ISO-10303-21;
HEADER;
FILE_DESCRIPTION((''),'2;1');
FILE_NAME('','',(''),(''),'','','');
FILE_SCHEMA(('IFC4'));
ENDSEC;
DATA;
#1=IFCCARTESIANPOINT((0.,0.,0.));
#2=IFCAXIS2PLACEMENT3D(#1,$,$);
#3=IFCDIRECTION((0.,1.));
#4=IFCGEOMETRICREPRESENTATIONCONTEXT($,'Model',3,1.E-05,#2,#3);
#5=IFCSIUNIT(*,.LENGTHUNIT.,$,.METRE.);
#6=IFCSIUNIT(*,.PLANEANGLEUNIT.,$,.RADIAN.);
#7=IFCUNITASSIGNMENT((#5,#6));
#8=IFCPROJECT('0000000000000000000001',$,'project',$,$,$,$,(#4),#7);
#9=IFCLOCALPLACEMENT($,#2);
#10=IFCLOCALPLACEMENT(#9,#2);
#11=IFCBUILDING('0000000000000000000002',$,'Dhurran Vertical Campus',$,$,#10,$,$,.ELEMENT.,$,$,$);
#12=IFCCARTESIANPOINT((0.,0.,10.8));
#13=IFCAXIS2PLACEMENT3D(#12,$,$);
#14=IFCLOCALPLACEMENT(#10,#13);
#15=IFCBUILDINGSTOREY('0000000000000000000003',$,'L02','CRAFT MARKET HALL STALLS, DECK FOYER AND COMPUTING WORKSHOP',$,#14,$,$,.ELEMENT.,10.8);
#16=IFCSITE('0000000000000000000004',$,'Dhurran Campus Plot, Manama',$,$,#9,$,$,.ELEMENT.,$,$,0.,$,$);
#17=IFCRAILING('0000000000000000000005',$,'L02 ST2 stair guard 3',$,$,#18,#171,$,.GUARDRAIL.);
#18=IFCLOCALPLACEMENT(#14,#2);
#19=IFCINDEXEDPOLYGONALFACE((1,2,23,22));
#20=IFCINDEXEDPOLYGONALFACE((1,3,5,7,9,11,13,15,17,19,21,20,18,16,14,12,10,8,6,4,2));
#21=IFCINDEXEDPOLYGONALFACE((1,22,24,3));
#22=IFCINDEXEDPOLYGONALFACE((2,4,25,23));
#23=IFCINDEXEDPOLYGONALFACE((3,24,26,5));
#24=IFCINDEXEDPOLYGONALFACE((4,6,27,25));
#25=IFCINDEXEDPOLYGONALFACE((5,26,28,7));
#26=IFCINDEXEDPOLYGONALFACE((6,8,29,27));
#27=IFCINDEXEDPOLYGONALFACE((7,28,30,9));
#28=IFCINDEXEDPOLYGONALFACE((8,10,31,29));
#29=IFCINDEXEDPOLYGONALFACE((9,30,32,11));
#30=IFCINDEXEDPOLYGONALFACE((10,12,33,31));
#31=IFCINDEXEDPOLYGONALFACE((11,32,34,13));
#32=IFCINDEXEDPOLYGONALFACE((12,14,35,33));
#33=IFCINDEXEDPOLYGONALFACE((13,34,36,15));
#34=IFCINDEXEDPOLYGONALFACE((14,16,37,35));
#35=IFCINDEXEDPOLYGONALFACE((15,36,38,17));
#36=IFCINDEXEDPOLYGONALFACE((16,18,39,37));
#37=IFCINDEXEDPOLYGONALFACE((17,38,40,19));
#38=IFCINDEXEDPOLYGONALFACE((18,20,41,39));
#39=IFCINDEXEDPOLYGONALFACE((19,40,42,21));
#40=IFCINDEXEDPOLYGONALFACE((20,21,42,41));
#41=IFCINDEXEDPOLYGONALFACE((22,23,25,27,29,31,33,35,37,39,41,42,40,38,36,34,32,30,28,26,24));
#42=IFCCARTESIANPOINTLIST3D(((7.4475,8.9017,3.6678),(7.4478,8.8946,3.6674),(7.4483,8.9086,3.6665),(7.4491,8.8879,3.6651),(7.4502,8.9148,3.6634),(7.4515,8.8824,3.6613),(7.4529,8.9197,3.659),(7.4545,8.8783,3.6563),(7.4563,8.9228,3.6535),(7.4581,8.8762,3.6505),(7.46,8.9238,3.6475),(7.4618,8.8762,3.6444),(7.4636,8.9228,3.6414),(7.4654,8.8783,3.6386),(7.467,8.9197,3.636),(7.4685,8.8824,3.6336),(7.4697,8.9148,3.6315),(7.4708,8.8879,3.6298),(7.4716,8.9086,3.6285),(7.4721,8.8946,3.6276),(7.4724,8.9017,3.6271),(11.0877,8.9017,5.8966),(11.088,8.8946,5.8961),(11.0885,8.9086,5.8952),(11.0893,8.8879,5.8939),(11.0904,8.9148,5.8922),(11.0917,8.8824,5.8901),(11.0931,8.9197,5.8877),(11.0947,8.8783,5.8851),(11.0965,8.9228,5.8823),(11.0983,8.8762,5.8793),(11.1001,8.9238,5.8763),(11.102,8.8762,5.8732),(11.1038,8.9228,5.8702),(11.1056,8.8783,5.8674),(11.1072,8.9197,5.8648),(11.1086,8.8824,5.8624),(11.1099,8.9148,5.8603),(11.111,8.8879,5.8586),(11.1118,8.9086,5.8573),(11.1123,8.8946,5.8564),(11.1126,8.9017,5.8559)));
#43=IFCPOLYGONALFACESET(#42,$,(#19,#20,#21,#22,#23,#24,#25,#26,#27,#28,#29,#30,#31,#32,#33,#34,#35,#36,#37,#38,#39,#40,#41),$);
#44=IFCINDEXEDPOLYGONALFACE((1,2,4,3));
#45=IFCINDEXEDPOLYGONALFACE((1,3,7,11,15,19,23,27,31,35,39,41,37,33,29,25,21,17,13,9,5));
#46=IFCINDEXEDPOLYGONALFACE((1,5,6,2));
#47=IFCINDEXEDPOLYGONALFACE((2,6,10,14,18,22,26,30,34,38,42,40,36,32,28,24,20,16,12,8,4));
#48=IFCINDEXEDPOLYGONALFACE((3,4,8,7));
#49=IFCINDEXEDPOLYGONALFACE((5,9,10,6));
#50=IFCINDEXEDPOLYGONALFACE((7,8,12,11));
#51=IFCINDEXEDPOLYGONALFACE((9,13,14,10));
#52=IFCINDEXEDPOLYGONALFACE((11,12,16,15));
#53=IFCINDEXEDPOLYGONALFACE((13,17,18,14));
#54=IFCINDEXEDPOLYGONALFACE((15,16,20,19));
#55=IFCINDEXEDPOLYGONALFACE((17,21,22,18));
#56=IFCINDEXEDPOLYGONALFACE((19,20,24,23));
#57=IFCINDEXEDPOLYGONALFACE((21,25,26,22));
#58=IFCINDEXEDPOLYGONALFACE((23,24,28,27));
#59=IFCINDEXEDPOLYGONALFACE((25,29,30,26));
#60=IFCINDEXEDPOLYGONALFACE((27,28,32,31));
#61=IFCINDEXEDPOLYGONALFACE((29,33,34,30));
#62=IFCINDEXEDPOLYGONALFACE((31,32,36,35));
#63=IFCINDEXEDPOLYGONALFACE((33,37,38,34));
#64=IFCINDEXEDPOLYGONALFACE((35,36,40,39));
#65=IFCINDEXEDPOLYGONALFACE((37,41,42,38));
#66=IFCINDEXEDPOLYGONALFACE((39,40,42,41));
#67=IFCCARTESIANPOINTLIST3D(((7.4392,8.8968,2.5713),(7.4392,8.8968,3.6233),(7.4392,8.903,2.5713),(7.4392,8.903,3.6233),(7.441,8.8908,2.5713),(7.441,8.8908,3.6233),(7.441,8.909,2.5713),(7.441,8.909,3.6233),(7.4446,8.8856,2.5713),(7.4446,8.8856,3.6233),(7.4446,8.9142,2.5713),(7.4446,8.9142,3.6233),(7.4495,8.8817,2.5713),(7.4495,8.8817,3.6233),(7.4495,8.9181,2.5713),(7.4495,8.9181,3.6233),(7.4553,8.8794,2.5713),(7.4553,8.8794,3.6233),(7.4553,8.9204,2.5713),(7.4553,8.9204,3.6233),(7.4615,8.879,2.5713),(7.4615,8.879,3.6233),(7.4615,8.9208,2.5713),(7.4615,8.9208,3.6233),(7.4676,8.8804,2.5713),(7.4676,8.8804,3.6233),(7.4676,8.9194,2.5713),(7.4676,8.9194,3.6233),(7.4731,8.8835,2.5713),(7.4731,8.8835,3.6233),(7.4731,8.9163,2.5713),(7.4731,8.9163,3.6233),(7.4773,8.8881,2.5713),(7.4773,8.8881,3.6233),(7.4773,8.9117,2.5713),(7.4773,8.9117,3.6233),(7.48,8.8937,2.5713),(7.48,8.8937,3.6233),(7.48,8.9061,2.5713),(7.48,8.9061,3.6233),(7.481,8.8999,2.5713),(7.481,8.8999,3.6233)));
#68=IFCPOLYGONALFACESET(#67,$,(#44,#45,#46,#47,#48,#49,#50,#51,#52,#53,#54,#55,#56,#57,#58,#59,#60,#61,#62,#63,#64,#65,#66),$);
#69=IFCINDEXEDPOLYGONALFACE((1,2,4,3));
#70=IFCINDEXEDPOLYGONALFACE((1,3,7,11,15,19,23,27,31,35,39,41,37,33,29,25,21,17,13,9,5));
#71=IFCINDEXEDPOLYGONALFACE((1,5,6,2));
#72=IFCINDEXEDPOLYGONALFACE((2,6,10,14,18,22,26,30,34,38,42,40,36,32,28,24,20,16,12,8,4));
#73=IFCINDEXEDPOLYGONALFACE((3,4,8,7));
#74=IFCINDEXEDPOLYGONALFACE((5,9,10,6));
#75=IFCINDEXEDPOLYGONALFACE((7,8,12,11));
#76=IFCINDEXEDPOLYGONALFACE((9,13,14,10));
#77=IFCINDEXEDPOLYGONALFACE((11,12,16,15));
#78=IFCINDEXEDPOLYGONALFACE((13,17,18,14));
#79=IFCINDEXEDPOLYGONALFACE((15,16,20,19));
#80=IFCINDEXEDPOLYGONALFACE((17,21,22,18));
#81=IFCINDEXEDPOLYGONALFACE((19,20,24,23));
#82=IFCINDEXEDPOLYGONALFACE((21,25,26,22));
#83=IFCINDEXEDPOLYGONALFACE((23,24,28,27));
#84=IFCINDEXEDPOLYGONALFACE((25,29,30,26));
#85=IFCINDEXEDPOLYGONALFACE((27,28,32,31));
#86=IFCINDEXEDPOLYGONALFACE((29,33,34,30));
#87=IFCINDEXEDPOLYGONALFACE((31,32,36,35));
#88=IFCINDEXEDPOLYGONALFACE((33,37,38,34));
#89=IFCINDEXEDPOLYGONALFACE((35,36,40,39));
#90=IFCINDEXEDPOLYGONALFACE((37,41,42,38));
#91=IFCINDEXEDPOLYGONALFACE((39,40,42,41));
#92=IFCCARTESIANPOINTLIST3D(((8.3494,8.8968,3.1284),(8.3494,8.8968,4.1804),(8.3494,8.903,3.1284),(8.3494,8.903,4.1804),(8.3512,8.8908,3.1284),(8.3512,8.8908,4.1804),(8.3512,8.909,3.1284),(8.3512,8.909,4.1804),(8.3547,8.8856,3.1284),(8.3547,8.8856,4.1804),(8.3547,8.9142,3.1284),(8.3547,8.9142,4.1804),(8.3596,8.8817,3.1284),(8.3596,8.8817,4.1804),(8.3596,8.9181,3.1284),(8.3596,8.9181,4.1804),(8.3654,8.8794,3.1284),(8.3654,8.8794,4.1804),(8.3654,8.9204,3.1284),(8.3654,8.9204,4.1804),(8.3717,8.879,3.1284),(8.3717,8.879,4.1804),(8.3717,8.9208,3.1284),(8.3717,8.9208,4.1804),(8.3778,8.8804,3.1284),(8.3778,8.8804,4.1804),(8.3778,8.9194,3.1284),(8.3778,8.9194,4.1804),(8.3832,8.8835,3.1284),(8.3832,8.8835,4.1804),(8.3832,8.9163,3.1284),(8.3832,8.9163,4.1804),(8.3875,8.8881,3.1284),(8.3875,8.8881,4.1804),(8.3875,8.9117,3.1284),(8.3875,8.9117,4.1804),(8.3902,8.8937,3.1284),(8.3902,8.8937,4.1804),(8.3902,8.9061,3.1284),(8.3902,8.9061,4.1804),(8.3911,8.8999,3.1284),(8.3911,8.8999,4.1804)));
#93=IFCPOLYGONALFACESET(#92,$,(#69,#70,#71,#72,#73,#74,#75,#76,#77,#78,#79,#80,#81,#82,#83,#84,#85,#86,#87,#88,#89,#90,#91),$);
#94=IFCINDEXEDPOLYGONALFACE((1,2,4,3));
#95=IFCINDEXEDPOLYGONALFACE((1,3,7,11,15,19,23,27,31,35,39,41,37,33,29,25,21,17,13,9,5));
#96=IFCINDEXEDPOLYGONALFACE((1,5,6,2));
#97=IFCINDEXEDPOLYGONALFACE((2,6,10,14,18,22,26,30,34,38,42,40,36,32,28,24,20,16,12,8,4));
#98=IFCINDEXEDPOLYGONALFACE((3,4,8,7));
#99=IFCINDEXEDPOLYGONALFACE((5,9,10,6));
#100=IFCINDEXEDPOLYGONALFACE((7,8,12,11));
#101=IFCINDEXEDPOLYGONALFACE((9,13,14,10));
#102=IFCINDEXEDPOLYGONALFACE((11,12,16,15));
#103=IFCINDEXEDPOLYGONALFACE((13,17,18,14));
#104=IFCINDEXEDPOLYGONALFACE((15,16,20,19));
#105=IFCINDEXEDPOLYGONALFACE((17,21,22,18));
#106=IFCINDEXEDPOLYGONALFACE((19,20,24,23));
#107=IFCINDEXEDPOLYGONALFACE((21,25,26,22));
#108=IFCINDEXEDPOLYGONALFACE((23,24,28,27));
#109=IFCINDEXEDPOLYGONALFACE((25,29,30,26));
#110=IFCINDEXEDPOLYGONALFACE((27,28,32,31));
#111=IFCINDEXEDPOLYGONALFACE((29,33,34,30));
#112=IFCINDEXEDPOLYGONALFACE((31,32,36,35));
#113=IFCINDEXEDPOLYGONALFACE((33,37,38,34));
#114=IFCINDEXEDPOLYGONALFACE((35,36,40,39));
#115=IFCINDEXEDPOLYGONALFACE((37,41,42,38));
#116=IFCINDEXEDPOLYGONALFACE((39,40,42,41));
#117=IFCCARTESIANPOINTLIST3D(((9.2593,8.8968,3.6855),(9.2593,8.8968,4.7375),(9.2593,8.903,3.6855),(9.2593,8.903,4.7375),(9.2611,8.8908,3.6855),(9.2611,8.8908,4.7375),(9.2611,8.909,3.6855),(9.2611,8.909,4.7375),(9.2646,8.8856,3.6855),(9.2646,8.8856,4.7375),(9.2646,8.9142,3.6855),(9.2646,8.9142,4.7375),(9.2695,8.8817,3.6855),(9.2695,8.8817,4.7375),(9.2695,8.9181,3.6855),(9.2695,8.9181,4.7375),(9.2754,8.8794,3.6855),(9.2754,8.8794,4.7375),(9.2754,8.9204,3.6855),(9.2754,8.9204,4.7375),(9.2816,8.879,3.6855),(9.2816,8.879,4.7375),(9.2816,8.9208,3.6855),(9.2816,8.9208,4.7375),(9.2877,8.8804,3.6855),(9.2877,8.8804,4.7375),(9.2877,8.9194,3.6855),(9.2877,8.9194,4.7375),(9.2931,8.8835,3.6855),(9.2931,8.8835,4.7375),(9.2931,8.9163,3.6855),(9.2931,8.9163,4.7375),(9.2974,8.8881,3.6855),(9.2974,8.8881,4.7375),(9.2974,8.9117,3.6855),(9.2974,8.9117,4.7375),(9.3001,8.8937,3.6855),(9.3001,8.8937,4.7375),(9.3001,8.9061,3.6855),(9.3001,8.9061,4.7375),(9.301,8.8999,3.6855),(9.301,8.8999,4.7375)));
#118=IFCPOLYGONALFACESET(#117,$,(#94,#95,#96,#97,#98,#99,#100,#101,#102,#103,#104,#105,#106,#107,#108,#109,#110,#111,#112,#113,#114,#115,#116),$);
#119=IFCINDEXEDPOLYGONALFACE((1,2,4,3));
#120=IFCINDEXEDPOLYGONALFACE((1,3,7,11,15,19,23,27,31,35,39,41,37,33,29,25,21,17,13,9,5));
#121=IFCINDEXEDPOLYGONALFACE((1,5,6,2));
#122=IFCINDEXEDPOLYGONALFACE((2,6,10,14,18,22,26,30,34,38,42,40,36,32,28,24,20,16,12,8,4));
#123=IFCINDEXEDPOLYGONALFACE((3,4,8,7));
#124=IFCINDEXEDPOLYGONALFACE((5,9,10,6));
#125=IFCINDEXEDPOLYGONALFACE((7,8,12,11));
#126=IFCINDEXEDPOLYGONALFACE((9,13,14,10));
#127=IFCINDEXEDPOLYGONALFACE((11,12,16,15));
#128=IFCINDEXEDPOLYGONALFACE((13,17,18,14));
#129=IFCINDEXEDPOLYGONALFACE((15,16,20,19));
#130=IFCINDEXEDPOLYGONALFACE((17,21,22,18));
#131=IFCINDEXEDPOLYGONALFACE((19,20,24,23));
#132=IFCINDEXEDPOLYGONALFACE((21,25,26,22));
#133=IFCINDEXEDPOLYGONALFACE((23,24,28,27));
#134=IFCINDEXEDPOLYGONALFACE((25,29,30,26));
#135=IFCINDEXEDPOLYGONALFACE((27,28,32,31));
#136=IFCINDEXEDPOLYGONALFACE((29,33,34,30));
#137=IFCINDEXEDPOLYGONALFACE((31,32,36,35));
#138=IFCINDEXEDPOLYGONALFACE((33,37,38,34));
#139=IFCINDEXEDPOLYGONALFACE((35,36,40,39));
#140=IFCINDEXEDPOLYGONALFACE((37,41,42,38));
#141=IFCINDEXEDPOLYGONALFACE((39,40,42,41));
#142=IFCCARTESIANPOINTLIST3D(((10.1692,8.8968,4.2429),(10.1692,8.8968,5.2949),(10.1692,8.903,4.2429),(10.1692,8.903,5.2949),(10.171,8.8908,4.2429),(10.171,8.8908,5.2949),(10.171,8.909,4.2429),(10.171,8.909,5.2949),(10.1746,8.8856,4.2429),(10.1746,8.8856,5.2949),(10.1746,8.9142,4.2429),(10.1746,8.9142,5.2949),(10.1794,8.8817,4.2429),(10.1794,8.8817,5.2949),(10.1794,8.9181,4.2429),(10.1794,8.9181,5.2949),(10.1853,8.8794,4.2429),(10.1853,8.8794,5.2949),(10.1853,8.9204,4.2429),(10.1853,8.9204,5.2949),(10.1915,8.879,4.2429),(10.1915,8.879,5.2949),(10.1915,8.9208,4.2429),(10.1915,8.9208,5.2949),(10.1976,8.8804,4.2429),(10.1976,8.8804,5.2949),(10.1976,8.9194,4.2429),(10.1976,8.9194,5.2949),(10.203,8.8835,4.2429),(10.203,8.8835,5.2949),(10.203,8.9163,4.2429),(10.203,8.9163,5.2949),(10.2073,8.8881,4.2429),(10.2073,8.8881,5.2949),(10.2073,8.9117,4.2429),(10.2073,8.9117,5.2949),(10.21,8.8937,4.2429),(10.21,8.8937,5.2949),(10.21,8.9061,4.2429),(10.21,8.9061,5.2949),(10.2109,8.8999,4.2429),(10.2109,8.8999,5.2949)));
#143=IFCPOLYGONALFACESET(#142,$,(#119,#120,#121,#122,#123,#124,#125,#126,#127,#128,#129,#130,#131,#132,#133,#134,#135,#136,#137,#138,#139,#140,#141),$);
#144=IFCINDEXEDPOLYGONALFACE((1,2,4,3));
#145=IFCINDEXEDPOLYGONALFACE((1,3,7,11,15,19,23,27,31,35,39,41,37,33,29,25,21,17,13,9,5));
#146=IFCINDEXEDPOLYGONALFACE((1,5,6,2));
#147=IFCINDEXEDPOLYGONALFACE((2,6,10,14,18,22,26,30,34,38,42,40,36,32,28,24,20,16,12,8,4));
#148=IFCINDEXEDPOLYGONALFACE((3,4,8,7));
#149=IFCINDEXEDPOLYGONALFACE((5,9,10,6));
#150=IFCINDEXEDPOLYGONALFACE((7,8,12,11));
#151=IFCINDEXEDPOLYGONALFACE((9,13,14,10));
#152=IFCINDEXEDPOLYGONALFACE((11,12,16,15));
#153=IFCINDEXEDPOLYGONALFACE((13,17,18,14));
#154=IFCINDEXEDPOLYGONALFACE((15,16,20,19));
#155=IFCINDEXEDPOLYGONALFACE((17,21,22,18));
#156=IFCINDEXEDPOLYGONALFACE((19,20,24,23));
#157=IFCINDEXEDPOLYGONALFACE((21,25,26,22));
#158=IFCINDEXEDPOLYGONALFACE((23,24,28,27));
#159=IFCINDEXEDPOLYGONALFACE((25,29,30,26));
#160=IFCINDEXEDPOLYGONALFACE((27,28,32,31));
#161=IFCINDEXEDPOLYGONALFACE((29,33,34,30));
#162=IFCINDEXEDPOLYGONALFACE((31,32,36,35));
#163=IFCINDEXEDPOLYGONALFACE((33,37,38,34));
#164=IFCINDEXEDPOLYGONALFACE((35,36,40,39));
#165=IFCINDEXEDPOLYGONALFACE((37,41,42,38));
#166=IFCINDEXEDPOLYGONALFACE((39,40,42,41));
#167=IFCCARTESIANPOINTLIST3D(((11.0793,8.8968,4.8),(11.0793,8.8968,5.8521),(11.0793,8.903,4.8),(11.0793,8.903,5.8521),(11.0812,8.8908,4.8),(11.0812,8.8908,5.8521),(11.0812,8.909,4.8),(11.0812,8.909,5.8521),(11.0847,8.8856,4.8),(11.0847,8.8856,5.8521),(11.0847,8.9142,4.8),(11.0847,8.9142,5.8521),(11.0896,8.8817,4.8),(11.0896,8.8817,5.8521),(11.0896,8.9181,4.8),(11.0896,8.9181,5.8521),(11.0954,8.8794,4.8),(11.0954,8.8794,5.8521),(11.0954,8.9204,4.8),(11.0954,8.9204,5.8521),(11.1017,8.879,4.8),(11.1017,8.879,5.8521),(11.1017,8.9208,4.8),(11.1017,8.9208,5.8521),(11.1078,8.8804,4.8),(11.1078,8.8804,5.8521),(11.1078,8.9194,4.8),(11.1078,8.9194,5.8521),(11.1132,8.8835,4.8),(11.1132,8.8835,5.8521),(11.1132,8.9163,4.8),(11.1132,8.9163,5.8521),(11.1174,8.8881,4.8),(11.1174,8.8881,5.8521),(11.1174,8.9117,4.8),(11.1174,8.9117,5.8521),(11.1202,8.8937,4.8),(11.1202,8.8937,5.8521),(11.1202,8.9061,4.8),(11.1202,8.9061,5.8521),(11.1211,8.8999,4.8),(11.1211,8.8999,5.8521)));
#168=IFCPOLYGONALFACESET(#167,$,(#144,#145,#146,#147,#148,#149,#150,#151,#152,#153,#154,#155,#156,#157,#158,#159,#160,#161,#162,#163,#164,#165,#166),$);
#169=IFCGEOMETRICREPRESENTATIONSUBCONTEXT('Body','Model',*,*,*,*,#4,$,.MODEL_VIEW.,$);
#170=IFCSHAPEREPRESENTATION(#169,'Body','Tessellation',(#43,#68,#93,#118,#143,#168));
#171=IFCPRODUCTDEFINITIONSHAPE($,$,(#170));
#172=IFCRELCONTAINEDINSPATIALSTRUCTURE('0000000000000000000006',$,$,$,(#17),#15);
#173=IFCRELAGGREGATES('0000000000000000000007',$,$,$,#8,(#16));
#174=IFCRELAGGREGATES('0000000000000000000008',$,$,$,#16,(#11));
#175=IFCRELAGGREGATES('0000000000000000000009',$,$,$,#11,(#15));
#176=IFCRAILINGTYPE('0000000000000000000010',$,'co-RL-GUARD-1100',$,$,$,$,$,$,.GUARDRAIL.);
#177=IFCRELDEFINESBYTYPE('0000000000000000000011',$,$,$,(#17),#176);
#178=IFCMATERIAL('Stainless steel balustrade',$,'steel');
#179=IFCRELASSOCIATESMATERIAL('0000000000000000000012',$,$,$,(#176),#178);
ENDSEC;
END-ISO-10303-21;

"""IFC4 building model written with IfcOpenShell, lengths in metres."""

from ifc_helpers import new_model, si_unit, direction, frame, origin, origin_2d, place, context, subcontext, project, spatial, circle, extrude, material, type_object, element, save


model = new_model("IFC4")

# Units and contexts
model_context = context("Model", 3, precision=1e-05, world=origin(), true_north=direction((0.0, 1.0)))
body_context = subcontext(model_context, "Body", "Model", "MODEL_VIEW")
ifc_project = project(units=[si_unit("LENGTHUNIT", "METRE"), si_unit("PLANEANGLEUNIT", "RADIAN")], contexts=[model_context])

# Site, building, storey
site_placement = place(None, origin())
site = spatial("IfcSite", under=ifc_project, at=site_placement, Name="Dhurran Campus Plot, Manama", CompositionType="ELEMENT", RefElevation=0.0)
building_placement = place(site_placement, origin())
building = spatial("IfcBuilding", under=site, at=building_placement, Name="Dhurran Vertical Campus", CompositionType="ELEMENT")
storey_placement = place(building_placement, frame((0.0, 0.0, 10.8)))
storey = spatial("IfcBuildingStorey", under=building, at=storey_placement, Name="L02", Description="CRAFT MARKET HALL STALLS, DECK FOYER AND COMPUTING WORKSHOP", CompositionType="ELEMENT", Elevation=10.8)

# Railing
ifc_material_1 = material(Name="Stainless steel balustrade", Category="steel")
railing_type_1 = type_object("IfcRailingType", Name="co-RL-GUARD-1100", PredefinedType="GUARDRAIL", material=ifc_material_1)
railing_1_placement = place(storey_placement, frame((7.46, 8.8999, 2.5713)))
element("IfcRailing", 1, at=railing_1_placement, inside=storey, type_object=railing_type_1, Name="L02 ST2 stair guard 3", PredefinedType="GUARDRAIL", context=body_context, shape_type="SweptSolid", body=[
    extrude(circle(Radius=0.0239, at=origin_2d()), frame((0.0, 0.0, 1.0762), z_axis=(0.85284, 0.0, 0.522172), x_axis=(0.0, 1.0, 0.0)), (0.0, 0.0, 1.0), 4.2683),
    extrude(circle(Radius=0.021, at=origin_2d()), origin(), (0.0, 0.0, 1.0), 1.052),
    extrude(circle(Radius=0.021, at=origin_2d()), frame((0.9102, 0.0, 0.5571)), (0.0, 0.0, 1.0), 1.052),
    extrude(circle(Radius=0.021, at=origin_2d()), frame((1.8201, 0.0, 1.1143)), (0.0, 0.0, 1.0), 1.052),
    extrude(circle(Radius=0.021, at=origin_2d()), frame((2.73, 0.0, 1.6716)), (0.0, 0.0, 1.0), 1.052),
    extrude(circle(Radius=0.021, at=origin_2d()), frame((3.6401, 0.0, 2.2288)), (0.0, 0.0, 1.0), 1.052),
])

save(model, "model.ifc")
